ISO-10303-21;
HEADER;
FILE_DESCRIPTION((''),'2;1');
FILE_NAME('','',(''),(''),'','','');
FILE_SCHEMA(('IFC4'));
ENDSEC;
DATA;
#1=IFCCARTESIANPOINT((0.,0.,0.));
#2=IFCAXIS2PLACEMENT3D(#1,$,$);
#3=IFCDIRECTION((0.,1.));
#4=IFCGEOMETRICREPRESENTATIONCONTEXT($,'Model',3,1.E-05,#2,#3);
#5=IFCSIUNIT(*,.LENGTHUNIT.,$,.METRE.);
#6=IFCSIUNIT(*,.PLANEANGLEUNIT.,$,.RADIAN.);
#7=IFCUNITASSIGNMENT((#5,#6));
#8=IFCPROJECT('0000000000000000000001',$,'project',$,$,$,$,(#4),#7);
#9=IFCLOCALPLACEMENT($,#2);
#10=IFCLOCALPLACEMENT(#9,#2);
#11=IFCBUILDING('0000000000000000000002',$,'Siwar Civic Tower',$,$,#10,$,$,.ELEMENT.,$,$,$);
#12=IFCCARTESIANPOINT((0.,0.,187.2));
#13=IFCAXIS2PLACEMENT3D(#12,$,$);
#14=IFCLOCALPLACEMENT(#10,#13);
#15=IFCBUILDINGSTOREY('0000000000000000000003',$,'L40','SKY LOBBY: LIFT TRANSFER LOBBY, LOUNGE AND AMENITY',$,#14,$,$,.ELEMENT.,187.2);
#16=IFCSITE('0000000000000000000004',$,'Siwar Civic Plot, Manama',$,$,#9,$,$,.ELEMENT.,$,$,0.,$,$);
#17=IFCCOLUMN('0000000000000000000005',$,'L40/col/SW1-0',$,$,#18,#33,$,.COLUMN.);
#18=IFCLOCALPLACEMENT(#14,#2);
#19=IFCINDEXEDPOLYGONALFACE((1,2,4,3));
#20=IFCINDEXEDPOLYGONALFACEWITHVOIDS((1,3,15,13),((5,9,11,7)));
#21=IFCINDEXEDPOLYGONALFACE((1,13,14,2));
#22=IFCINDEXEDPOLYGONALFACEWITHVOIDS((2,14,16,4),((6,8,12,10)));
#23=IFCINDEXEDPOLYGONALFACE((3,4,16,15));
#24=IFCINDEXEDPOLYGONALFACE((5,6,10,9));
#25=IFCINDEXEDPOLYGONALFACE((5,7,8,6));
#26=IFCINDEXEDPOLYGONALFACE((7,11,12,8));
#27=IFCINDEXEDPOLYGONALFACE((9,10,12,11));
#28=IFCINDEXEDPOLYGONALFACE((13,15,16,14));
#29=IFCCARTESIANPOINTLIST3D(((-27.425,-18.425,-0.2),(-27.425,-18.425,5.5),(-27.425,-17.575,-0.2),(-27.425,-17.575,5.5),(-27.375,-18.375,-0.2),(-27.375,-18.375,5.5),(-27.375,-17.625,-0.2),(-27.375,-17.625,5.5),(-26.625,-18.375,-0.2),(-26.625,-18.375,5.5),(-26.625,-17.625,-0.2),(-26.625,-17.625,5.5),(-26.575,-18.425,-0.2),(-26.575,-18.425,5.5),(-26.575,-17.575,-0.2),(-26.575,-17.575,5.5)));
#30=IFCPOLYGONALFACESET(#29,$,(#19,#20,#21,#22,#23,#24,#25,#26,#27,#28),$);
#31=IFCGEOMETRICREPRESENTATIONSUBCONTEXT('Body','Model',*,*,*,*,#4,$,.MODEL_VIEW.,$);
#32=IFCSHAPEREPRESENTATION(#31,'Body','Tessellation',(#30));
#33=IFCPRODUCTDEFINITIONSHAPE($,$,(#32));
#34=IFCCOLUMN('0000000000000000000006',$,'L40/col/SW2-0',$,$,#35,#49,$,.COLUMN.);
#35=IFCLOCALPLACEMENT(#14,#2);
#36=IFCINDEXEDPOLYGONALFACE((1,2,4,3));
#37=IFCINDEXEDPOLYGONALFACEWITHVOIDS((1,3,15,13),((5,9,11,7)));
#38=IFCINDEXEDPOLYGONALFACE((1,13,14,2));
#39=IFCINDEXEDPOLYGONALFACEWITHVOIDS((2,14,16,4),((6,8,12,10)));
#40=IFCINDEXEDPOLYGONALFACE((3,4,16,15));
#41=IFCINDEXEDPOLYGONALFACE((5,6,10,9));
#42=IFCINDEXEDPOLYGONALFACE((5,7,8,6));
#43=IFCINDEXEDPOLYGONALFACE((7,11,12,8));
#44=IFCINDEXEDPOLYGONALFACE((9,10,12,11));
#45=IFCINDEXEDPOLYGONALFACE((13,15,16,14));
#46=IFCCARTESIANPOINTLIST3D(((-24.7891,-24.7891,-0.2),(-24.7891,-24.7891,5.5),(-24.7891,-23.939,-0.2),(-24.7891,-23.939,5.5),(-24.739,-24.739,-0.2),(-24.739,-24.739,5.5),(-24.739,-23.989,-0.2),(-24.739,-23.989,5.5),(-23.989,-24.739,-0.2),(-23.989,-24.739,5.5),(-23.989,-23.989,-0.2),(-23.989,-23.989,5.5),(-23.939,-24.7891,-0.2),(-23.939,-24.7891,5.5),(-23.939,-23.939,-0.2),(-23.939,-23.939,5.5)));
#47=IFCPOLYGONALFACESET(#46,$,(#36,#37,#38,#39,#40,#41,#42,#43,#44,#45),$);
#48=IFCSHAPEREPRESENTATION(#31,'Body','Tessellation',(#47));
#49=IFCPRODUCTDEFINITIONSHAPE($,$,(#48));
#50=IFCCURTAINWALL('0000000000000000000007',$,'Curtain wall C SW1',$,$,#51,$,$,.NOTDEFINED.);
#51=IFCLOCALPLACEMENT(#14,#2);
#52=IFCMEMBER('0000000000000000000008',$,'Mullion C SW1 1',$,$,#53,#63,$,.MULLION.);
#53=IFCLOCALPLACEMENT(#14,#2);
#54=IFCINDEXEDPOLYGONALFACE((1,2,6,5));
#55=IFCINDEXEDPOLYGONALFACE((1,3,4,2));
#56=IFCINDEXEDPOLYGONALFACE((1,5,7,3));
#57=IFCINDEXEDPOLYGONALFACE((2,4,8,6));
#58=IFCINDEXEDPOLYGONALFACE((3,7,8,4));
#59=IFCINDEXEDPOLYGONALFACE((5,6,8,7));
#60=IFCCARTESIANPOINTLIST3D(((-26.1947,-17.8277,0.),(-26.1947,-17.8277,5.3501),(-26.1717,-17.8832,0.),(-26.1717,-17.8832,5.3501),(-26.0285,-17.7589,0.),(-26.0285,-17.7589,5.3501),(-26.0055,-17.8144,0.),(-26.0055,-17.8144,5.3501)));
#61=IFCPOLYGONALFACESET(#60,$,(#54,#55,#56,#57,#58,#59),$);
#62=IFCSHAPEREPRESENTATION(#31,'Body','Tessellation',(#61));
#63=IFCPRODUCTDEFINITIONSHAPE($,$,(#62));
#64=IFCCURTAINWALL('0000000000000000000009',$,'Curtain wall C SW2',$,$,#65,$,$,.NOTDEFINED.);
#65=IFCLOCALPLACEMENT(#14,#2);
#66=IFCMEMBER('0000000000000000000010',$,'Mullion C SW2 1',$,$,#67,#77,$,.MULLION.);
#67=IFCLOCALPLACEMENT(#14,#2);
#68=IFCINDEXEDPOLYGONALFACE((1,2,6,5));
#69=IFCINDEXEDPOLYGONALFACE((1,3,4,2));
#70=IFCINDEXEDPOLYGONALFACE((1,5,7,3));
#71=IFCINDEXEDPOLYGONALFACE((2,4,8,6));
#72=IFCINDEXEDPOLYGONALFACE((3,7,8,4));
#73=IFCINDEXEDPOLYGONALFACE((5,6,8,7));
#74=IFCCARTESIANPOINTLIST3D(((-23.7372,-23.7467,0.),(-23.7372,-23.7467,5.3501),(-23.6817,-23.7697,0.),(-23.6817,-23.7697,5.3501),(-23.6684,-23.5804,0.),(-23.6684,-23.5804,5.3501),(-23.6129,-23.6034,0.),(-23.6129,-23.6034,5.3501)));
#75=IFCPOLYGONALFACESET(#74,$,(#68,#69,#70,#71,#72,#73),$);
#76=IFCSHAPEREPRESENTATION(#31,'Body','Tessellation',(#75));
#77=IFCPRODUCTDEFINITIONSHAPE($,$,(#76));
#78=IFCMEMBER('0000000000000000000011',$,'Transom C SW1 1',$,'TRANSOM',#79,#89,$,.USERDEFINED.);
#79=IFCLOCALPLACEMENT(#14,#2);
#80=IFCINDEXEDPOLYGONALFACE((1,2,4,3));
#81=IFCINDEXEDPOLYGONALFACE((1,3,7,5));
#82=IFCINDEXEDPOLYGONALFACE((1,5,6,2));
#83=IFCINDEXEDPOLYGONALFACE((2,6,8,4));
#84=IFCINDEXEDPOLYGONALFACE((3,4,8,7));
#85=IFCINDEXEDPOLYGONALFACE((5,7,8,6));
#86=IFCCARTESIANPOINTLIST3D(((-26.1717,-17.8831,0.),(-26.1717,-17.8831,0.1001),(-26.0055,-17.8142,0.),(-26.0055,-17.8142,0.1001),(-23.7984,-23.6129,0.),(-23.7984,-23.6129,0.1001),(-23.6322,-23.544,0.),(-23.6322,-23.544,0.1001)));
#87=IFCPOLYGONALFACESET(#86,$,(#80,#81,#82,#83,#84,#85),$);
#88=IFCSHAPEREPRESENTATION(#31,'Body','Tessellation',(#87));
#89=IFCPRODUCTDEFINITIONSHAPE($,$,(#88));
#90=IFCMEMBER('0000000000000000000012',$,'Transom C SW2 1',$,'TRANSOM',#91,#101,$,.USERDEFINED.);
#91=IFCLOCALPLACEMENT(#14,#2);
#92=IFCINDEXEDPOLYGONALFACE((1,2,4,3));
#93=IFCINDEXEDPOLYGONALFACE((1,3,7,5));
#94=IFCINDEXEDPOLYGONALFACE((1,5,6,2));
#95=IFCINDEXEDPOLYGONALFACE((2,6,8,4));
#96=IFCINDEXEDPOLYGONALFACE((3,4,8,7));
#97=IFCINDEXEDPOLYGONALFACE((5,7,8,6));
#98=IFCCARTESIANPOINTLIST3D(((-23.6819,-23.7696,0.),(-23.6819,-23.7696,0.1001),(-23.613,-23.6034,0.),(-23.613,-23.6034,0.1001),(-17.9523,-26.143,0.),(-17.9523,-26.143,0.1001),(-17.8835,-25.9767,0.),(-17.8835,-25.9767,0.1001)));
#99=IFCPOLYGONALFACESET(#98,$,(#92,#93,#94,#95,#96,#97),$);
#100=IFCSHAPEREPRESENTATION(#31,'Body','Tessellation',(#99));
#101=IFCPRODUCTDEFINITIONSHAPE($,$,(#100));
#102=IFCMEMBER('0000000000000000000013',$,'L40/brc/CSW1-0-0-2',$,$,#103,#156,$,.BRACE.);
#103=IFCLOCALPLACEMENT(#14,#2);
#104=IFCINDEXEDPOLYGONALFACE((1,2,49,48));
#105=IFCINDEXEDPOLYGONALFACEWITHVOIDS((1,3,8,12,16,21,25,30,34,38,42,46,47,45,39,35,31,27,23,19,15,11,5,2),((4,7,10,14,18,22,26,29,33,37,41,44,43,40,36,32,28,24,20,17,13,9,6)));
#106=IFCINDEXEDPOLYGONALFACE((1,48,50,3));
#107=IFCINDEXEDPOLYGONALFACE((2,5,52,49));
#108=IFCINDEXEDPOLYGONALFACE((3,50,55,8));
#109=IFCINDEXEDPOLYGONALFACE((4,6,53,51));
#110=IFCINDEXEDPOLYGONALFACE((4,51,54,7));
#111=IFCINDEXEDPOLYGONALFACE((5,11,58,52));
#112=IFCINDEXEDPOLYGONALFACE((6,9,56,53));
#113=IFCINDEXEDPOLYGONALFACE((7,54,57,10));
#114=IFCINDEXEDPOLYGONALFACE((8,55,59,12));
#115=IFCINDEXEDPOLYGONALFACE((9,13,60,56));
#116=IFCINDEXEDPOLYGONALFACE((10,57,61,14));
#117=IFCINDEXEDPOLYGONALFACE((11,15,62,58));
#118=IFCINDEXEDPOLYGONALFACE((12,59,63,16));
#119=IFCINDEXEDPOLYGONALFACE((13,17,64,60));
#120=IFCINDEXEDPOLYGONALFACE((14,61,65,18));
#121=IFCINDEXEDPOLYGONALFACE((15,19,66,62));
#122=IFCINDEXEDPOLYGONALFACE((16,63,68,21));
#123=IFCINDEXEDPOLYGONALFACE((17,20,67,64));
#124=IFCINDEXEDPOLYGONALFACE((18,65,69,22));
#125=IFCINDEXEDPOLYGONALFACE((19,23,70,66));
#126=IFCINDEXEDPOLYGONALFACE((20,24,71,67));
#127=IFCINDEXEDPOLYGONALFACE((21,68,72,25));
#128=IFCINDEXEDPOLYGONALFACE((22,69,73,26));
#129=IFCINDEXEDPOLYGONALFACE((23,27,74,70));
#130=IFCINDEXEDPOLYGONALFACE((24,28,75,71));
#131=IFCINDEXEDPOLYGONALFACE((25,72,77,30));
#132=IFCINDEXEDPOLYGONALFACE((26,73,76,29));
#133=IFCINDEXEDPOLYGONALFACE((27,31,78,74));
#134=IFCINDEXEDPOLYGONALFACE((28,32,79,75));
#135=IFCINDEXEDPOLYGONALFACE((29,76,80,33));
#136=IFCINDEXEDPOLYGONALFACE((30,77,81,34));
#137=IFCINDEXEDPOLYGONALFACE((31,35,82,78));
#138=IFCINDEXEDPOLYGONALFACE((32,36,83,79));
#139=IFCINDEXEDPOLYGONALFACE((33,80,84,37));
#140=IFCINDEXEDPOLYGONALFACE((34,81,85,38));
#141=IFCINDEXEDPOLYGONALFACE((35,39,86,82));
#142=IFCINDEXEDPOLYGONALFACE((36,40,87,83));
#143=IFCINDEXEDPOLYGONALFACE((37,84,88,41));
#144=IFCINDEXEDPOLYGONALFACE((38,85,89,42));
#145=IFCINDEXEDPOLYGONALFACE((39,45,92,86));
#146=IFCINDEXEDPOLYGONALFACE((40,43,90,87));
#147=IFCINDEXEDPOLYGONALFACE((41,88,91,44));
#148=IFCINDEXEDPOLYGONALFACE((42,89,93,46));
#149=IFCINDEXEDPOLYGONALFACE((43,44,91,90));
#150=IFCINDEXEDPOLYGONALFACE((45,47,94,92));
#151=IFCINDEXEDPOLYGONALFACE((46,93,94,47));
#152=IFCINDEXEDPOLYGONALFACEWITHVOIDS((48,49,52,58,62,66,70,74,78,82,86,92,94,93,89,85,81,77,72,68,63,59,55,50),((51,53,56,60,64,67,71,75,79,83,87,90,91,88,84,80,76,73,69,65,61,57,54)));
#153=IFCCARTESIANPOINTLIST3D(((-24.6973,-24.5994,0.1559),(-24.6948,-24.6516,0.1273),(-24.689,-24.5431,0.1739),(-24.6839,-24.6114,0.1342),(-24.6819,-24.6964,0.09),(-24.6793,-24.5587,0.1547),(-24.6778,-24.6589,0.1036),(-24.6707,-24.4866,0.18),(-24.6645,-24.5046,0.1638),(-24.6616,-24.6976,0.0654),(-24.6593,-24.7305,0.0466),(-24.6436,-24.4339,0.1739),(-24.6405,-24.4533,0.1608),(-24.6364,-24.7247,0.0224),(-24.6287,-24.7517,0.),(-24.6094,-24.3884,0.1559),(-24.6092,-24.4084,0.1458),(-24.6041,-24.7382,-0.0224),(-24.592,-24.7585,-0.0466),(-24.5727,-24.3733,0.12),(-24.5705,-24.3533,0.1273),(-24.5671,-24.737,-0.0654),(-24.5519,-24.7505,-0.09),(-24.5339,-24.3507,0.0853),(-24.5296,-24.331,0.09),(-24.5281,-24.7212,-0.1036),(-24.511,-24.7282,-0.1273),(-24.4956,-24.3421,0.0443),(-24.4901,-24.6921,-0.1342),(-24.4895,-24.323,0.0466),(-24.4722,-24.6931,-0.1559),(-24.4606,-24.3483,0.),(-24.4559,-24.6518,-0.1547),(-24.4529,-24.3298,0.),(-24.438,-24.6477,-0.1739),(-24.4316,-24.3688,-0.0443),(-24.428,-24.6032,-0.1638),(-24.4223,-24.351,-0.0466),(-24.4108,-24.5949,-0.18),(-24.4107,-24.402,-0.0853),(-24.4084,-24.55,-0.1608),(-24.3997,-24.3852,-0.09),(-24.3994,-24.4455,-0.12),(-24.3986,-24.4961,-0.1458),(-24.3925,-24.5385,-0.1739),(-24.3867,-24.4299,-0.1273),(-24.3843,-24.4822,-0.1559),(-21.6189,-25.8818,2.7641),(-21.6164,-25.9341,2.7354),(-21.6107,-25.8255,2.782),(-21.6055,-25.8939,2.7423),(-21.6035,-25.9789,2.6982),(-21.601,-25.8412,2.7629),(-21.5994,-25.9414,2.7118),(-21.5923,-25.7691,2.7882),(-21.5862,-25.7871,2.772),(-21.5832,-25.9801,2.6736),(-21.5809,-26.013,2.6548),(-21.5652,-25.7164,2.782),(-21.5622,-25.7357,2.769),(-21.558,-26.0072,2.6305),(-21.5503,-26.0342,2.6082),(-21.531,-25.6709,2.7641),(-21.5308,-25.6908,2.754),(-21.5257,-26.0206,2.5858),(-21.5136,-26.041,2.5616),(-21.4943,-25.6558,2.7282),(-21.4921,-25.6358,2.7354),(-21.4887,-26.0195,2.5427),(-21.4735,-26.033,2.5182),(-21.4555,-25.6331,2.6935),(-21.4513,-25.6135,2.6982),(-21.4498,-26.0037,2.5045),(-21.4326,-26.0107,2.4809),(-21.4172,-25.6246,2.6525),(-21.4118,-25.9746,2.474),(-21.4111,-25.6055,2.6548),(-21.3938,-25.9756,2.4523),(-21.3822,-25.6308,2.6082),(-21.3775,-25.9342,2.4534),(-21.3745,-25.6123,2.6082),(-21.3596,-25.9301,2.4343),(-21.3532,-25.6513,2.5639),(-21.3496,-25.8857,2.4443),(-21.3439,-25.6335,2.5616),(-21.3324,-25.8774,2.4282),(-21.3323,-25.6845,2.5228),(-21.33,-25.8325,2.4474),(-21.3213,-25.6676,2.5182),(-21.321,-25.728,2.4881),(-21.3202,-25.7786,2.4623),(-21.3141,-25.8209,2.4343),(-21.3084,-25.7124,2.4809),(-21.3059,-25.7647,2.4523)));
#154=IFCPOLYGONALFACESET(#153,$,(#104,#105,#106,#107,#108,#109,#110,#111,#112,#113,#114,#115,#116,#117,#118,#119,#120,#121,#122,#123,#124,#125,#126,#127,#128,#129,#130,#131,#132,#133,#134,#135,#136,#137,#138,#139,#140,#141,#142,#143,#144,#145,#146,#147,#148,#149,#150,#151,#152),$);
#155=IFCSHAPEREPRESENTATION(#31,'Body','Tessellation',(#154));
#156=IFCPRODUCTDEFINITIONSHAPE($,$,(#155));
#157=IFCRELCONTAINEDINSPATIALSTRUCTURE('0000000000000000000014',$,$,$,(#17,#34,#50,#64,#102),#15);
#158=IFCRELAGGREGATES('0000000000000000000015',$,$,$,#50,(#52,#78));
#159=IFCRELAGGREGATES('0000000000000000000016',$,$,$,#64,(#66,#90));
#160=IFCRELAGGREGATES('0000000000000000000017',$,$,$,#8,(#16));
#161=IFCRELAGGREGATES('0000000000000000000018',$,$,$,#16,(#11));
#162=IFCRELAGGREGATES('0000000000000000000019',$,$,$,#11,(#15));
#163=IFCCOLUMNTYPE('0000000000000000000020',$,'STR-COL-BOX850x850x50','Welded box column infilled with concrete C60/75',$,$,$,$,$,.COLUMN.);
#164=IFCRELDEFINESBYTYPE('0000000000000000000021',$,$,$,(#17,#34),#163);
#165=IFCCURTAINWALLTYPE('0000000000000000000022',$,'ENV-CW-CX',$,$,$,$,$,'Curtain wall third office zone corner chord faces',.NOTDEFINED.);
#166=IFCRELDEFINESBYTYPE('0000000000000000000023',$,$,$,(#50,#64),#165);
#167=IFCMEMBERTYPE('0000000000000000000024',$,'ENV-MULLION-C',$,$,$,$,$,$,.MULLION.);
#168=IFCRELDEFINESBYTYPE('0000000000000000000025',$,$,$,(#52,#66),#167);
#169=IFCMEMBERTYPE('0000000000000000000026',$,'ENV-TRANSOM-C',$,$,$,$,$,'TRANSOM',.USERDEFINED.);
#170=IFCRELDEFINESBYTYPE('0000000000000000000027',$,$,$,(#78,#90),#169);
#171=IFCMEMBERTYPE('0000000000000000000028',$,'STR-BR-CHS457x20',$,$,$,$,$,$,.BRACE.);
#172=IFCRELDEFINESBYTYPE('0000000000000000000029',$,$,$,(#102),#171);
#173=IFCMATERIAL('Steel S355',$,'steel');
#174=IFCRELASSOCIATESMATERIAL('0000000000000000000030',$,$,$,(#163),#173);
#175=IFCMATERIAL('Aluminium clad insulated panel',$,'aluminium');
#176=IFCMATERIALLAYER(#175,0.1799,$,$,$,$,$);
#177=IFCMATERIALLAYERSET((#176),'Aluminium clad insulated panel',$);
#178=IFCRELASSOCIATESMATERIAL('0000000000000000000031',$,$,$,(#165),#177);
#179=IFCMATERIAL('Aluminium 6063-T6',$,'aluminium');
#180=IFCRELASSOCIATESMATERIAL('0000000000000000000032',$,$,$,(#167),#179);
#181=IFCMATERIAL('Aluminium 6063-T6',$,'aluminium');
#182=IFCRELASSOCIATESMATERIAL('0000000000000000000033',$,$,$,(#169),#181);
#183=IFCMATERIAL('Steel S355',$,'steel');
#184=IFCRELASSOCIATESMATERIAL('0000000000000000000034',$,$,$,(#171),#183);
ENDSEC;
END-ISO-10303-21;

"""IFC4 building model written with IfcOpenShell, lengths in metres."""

from ifc_helpers import new_model, si_unit, direction, frame, origin, origin_2d, place, context, subcontext, project, spatial, rectangle, hollow_rectangle, hollow_circle, extrude, material, layer, layer_set, material_profile, profile_set, type_object, element, aggregate, save


model = new_model("IFC4")

# Units and contexts
model_context = context("Model", 3, precision=1e-05, world=origin(), true_north=direction((0.0, 1.0)))
body_context = subcontext(model_context, "Body", "Model", "MODEL_VIEW")
ifc_project = project(units=[si_unit("LENGTHUNIT", "METRE"), si_unit("PLANEANGLEUNIT", "RADIAN")], contexts=[model_context])

# Site, building, storey
site_placement = place(None, origin())
site = spatial("IfcSite", under=ifc_project, at=site_placement, Name="Siwar Civic Plot, Manama", CompositionType="ELEMENT", RefElevation=0.0)
building_placement = place(site_placement, origin())
building = spatial("IfcBuilding", under=site, at=building_placement, Name="Siwar Civic Tower", CompositionType="ELEMENT")
storey_placement = place(building_placement, frame((0.0, 0.0, 187.2)))
storey = spatial("IfcBuildingStorey", under=building, at=storey_placement, Name="L40", Description="SKY LOBBY: LIFT TRANSFER LOBBY, LOUNGE AND AMENITY", CompositionType="ELEMENT", Elevation=187.2)

# Columns
ifc_material_1 = material(Name="Steel S355", Category="steel")
ifc_material_profile_1 = material_profile(ifc_material_1, hollow_rectangle(XDim=0.8501, YDim=0.8501, WallThickness=0.05, at=origin_2d()), Name="BOX850x850x50")
ifc_profile_set_1 = profile_set([ifc_material_profile_1], Name="Steel S355")
column_type = type_object("IfcColumnType", Name="STR-COL-BOX850x850x50", Description="Welded box column infilled with concrete C60/75", PredefinedType="COLUMN", material=ifc_profile_set_1)
for number, where, z_axis, x_axis, name in (
    (1, (-27.0, -18.0, -0.2), (0.0, 0.0, 1.0), (1.0, 0.0, 0.0), "L40/col/SW1-0"),
    (2, (-24.364, -24.364, -0.2), (0.0, 0.0, 1.0), (1.0, 0.0, 0.0), "L40/col/SW2-0"),
):
    element("IfcColumn", number, at=place(storey_placement, frame(where, z_axis=z_axis, x_axis=x_axis)), inside=storey, type_object=column_type, Name=name, PredefinedType="COLUMN", context=body_context, shape_type="SweptSolid", body=[
        extrude(hollow_rectangle(XDim=0.8501, YDim=0.8501, WallThickness=0.05, at=origin_2d()), origin(), (0.0, 0.0, 1.0), 5.7),
    ])

# Curtain walls, members
ifc_material_2 = material(Name="Aluminium clad insulated panel", Category="aluminium")
ifc_layer_1 = layer(ifc_material_2, 0.1799)
ifc_layer_set_1 = layer_set([ifc_layer_1], Name="Aluminium clad insulated panel")
curtain_wall_type = type_object("IfcCurtainWallType", Name="ENV-CW-CX", ElementType="Curtain wall third office zone corner chord faces", PredefinedType="NOTDEFINED", material=ifc_layer_set_1)
curtain_wall_1_placement = place(storey_placement, origin())
curtain_wall_1 = element("IfcCurtainWall", 3, at=curtain_wall_1_placement, inside=storey, type_object=curtain_wall_type, Name="Curtain wall C SW1", PredefinedType="NOTDEFINED")
ifc_material_3 = material(Name="Aluminium 6063-T6", Category="aluminium")
ifc_material_profile_2 = material_profile(ifc_material_3, rectangle(XDim=0.1799, YDim=0.0601, at=origin_2d()), Name="AL 180x60")
ifc_profile_set_2 = profile_set([ifc_material_profile_2], Name="Aluminium 6063-T6")
member_type_1 = type_object("IfcMemberType", Name="ENV-MULLION-C", PredefinedType="MULLION", material=ifc_profile_set_2)
member_1_placement = place(storey_placement, frame((-26.1001, -17.821, 0.0), z_axis=(0.0, 0.0, 1.0), x_axis=(0.92388, 0.382683, 0.0)))
member_1 = element("IfcMember", 4, at=member_1_placement, type_object=member_type_1, Name="Mullion C SW1 1", PredefinedType="MULLION", context=body_context, shape_type="SweptSolid", body=[
    extrude(rectangle(XDim=0.1799, YDim=0.0601, at=origin_2d()), origin(), (0.0, 0.0, 1.0), 5.3501),
])
curtain_wall_2_placement = place(storey_placement, origin())
curtain_wall_2 = element("IfcCurtainWall", 5, at=curtain_wall_2_placement, inside=storey, type_object=curtain_wall_type, Name="Curtain wall C SW2", PredefinedType="NOTDEFINED")
member_2_placement = place(storey_placement, frame((-23.675, -23.675, 0.0), z_axis=(0.0, 0.0, 1.0), x_axis=(0.382683, 0.92388, 0.0)))
member_2 = element("IfcMember", 6, at=member_2_placement, type_object=member_type_1, Name="Mullion C SW2 1", PredefinedType="MULLION", context=body_context, shape_type="SweptSolid", body=[
    extrude(rectangle(XDim=0.1799, YDim=0.0601, at=origin_2d()), origin(), (0.0, 0.0, 1.0), 5.3501),
])

# Members
ifc_material_4 = material(Name="Aluminium 6063-T6", Category="aluminium")
ifc_material_profile_3 = material_profile(ifc_material_4, rectangle(XDim=0.1799, YDim=0.1001, at=origin_2d()), Name="AL 180x100")
ifc_profile_set_3 = profile_set([ifc_material_profile_3], Name="Aluminium 6063-T6")
member_type_2 = type_object("IfcMemberType", Name="ENV-TRANSOM-C", ElementType="TRANSOM", PredefinedType="USERDEFINED", material=ifc_profile_set_3)
member_3_placement = place(storey_placement, frame((-26.0886, -17.8486, 0.05), z_axis=(0.382677, -0.923882, 0.0), x_axis=(0.923882, 0.382677, 0.0)))
member_3 = element("IfcMember", 7, at=member_3_placement, type_object=member_type_2, Name="Transom C SW1 1", ObjectType="TRANSOM", PredefinedType="USERDEFINED", context=body_context, shape_type="SweptSolid", body=[
    extrude(rectangle(XDim=0.1799, YDim=0.1001, at=origin_2d()), origin(), (0.0, 0.0, 1.0), 6.2019),
])
member_4_placement = place(storey_placement, frame((-23.6475, -23.6865, 0.05), z_axis=(0.923876, -0.382691, 0.0), x_axis=(0.382691, 0.923876, 0.0)))
member_4 = element("IfcMember", 8, at=member_4_placement, type_object=member_type_2, Name="Transom C SW2 1", ObjectType="TRANSOM", PredefinedType="USERDEFINED", context=body_context, shape_type="SweptSolid", body=[
    extrude(rectangle(XDim=0.1799, YDim=0.1001, at=origin_2d()), origin(), (0.0, 0.0, 1.0), 6.2017),
])

# Member
ifc_material_5 = material(Name="Steel S355", Category="steel")
ifc_material_profile_4 = material_profile(ifc_material_5, hollow_circle(Radius=0.2285, WallThickness=0.02, at=origin_2d()), Name="CHS457x20")
ifc_profile_set_4 = profile_set([ifc_material_profile_4], Name="Steel S355")
member_type_3 = type_object("IfcMemberType", Name="STR-BR-CHS457x20", PredefinedType="BRACE", material=ifc_profile_set_4)
member_5_placement = place(storey_placement, frame((-24.5408, -24.5408, 0.0), z_axis=(0.727124, -0.302925, 0.616057), x_axis=(0.384569, 0.923096, 0.0)))
element("IfcMember", 9, at=member_5_placement, inside=storey, type_object=member_type_3, Name="L40/brc/CSW1-0-0-2", PredefinedType="BRACE", context=body_context, shape_type="SweptSolid", body=[
    extrude(hollow_circle(Radius=0.2285, WallThickness=0.02, at=origin_2d()), origin(), (0.0, 0.0, 1.0), 4.2336),
])

aggregate(curtain_wall_1, [member_1, member_3])
aggregate(curtain_wall_2, [member_2, member_4])

save(model, "model.ifc")
